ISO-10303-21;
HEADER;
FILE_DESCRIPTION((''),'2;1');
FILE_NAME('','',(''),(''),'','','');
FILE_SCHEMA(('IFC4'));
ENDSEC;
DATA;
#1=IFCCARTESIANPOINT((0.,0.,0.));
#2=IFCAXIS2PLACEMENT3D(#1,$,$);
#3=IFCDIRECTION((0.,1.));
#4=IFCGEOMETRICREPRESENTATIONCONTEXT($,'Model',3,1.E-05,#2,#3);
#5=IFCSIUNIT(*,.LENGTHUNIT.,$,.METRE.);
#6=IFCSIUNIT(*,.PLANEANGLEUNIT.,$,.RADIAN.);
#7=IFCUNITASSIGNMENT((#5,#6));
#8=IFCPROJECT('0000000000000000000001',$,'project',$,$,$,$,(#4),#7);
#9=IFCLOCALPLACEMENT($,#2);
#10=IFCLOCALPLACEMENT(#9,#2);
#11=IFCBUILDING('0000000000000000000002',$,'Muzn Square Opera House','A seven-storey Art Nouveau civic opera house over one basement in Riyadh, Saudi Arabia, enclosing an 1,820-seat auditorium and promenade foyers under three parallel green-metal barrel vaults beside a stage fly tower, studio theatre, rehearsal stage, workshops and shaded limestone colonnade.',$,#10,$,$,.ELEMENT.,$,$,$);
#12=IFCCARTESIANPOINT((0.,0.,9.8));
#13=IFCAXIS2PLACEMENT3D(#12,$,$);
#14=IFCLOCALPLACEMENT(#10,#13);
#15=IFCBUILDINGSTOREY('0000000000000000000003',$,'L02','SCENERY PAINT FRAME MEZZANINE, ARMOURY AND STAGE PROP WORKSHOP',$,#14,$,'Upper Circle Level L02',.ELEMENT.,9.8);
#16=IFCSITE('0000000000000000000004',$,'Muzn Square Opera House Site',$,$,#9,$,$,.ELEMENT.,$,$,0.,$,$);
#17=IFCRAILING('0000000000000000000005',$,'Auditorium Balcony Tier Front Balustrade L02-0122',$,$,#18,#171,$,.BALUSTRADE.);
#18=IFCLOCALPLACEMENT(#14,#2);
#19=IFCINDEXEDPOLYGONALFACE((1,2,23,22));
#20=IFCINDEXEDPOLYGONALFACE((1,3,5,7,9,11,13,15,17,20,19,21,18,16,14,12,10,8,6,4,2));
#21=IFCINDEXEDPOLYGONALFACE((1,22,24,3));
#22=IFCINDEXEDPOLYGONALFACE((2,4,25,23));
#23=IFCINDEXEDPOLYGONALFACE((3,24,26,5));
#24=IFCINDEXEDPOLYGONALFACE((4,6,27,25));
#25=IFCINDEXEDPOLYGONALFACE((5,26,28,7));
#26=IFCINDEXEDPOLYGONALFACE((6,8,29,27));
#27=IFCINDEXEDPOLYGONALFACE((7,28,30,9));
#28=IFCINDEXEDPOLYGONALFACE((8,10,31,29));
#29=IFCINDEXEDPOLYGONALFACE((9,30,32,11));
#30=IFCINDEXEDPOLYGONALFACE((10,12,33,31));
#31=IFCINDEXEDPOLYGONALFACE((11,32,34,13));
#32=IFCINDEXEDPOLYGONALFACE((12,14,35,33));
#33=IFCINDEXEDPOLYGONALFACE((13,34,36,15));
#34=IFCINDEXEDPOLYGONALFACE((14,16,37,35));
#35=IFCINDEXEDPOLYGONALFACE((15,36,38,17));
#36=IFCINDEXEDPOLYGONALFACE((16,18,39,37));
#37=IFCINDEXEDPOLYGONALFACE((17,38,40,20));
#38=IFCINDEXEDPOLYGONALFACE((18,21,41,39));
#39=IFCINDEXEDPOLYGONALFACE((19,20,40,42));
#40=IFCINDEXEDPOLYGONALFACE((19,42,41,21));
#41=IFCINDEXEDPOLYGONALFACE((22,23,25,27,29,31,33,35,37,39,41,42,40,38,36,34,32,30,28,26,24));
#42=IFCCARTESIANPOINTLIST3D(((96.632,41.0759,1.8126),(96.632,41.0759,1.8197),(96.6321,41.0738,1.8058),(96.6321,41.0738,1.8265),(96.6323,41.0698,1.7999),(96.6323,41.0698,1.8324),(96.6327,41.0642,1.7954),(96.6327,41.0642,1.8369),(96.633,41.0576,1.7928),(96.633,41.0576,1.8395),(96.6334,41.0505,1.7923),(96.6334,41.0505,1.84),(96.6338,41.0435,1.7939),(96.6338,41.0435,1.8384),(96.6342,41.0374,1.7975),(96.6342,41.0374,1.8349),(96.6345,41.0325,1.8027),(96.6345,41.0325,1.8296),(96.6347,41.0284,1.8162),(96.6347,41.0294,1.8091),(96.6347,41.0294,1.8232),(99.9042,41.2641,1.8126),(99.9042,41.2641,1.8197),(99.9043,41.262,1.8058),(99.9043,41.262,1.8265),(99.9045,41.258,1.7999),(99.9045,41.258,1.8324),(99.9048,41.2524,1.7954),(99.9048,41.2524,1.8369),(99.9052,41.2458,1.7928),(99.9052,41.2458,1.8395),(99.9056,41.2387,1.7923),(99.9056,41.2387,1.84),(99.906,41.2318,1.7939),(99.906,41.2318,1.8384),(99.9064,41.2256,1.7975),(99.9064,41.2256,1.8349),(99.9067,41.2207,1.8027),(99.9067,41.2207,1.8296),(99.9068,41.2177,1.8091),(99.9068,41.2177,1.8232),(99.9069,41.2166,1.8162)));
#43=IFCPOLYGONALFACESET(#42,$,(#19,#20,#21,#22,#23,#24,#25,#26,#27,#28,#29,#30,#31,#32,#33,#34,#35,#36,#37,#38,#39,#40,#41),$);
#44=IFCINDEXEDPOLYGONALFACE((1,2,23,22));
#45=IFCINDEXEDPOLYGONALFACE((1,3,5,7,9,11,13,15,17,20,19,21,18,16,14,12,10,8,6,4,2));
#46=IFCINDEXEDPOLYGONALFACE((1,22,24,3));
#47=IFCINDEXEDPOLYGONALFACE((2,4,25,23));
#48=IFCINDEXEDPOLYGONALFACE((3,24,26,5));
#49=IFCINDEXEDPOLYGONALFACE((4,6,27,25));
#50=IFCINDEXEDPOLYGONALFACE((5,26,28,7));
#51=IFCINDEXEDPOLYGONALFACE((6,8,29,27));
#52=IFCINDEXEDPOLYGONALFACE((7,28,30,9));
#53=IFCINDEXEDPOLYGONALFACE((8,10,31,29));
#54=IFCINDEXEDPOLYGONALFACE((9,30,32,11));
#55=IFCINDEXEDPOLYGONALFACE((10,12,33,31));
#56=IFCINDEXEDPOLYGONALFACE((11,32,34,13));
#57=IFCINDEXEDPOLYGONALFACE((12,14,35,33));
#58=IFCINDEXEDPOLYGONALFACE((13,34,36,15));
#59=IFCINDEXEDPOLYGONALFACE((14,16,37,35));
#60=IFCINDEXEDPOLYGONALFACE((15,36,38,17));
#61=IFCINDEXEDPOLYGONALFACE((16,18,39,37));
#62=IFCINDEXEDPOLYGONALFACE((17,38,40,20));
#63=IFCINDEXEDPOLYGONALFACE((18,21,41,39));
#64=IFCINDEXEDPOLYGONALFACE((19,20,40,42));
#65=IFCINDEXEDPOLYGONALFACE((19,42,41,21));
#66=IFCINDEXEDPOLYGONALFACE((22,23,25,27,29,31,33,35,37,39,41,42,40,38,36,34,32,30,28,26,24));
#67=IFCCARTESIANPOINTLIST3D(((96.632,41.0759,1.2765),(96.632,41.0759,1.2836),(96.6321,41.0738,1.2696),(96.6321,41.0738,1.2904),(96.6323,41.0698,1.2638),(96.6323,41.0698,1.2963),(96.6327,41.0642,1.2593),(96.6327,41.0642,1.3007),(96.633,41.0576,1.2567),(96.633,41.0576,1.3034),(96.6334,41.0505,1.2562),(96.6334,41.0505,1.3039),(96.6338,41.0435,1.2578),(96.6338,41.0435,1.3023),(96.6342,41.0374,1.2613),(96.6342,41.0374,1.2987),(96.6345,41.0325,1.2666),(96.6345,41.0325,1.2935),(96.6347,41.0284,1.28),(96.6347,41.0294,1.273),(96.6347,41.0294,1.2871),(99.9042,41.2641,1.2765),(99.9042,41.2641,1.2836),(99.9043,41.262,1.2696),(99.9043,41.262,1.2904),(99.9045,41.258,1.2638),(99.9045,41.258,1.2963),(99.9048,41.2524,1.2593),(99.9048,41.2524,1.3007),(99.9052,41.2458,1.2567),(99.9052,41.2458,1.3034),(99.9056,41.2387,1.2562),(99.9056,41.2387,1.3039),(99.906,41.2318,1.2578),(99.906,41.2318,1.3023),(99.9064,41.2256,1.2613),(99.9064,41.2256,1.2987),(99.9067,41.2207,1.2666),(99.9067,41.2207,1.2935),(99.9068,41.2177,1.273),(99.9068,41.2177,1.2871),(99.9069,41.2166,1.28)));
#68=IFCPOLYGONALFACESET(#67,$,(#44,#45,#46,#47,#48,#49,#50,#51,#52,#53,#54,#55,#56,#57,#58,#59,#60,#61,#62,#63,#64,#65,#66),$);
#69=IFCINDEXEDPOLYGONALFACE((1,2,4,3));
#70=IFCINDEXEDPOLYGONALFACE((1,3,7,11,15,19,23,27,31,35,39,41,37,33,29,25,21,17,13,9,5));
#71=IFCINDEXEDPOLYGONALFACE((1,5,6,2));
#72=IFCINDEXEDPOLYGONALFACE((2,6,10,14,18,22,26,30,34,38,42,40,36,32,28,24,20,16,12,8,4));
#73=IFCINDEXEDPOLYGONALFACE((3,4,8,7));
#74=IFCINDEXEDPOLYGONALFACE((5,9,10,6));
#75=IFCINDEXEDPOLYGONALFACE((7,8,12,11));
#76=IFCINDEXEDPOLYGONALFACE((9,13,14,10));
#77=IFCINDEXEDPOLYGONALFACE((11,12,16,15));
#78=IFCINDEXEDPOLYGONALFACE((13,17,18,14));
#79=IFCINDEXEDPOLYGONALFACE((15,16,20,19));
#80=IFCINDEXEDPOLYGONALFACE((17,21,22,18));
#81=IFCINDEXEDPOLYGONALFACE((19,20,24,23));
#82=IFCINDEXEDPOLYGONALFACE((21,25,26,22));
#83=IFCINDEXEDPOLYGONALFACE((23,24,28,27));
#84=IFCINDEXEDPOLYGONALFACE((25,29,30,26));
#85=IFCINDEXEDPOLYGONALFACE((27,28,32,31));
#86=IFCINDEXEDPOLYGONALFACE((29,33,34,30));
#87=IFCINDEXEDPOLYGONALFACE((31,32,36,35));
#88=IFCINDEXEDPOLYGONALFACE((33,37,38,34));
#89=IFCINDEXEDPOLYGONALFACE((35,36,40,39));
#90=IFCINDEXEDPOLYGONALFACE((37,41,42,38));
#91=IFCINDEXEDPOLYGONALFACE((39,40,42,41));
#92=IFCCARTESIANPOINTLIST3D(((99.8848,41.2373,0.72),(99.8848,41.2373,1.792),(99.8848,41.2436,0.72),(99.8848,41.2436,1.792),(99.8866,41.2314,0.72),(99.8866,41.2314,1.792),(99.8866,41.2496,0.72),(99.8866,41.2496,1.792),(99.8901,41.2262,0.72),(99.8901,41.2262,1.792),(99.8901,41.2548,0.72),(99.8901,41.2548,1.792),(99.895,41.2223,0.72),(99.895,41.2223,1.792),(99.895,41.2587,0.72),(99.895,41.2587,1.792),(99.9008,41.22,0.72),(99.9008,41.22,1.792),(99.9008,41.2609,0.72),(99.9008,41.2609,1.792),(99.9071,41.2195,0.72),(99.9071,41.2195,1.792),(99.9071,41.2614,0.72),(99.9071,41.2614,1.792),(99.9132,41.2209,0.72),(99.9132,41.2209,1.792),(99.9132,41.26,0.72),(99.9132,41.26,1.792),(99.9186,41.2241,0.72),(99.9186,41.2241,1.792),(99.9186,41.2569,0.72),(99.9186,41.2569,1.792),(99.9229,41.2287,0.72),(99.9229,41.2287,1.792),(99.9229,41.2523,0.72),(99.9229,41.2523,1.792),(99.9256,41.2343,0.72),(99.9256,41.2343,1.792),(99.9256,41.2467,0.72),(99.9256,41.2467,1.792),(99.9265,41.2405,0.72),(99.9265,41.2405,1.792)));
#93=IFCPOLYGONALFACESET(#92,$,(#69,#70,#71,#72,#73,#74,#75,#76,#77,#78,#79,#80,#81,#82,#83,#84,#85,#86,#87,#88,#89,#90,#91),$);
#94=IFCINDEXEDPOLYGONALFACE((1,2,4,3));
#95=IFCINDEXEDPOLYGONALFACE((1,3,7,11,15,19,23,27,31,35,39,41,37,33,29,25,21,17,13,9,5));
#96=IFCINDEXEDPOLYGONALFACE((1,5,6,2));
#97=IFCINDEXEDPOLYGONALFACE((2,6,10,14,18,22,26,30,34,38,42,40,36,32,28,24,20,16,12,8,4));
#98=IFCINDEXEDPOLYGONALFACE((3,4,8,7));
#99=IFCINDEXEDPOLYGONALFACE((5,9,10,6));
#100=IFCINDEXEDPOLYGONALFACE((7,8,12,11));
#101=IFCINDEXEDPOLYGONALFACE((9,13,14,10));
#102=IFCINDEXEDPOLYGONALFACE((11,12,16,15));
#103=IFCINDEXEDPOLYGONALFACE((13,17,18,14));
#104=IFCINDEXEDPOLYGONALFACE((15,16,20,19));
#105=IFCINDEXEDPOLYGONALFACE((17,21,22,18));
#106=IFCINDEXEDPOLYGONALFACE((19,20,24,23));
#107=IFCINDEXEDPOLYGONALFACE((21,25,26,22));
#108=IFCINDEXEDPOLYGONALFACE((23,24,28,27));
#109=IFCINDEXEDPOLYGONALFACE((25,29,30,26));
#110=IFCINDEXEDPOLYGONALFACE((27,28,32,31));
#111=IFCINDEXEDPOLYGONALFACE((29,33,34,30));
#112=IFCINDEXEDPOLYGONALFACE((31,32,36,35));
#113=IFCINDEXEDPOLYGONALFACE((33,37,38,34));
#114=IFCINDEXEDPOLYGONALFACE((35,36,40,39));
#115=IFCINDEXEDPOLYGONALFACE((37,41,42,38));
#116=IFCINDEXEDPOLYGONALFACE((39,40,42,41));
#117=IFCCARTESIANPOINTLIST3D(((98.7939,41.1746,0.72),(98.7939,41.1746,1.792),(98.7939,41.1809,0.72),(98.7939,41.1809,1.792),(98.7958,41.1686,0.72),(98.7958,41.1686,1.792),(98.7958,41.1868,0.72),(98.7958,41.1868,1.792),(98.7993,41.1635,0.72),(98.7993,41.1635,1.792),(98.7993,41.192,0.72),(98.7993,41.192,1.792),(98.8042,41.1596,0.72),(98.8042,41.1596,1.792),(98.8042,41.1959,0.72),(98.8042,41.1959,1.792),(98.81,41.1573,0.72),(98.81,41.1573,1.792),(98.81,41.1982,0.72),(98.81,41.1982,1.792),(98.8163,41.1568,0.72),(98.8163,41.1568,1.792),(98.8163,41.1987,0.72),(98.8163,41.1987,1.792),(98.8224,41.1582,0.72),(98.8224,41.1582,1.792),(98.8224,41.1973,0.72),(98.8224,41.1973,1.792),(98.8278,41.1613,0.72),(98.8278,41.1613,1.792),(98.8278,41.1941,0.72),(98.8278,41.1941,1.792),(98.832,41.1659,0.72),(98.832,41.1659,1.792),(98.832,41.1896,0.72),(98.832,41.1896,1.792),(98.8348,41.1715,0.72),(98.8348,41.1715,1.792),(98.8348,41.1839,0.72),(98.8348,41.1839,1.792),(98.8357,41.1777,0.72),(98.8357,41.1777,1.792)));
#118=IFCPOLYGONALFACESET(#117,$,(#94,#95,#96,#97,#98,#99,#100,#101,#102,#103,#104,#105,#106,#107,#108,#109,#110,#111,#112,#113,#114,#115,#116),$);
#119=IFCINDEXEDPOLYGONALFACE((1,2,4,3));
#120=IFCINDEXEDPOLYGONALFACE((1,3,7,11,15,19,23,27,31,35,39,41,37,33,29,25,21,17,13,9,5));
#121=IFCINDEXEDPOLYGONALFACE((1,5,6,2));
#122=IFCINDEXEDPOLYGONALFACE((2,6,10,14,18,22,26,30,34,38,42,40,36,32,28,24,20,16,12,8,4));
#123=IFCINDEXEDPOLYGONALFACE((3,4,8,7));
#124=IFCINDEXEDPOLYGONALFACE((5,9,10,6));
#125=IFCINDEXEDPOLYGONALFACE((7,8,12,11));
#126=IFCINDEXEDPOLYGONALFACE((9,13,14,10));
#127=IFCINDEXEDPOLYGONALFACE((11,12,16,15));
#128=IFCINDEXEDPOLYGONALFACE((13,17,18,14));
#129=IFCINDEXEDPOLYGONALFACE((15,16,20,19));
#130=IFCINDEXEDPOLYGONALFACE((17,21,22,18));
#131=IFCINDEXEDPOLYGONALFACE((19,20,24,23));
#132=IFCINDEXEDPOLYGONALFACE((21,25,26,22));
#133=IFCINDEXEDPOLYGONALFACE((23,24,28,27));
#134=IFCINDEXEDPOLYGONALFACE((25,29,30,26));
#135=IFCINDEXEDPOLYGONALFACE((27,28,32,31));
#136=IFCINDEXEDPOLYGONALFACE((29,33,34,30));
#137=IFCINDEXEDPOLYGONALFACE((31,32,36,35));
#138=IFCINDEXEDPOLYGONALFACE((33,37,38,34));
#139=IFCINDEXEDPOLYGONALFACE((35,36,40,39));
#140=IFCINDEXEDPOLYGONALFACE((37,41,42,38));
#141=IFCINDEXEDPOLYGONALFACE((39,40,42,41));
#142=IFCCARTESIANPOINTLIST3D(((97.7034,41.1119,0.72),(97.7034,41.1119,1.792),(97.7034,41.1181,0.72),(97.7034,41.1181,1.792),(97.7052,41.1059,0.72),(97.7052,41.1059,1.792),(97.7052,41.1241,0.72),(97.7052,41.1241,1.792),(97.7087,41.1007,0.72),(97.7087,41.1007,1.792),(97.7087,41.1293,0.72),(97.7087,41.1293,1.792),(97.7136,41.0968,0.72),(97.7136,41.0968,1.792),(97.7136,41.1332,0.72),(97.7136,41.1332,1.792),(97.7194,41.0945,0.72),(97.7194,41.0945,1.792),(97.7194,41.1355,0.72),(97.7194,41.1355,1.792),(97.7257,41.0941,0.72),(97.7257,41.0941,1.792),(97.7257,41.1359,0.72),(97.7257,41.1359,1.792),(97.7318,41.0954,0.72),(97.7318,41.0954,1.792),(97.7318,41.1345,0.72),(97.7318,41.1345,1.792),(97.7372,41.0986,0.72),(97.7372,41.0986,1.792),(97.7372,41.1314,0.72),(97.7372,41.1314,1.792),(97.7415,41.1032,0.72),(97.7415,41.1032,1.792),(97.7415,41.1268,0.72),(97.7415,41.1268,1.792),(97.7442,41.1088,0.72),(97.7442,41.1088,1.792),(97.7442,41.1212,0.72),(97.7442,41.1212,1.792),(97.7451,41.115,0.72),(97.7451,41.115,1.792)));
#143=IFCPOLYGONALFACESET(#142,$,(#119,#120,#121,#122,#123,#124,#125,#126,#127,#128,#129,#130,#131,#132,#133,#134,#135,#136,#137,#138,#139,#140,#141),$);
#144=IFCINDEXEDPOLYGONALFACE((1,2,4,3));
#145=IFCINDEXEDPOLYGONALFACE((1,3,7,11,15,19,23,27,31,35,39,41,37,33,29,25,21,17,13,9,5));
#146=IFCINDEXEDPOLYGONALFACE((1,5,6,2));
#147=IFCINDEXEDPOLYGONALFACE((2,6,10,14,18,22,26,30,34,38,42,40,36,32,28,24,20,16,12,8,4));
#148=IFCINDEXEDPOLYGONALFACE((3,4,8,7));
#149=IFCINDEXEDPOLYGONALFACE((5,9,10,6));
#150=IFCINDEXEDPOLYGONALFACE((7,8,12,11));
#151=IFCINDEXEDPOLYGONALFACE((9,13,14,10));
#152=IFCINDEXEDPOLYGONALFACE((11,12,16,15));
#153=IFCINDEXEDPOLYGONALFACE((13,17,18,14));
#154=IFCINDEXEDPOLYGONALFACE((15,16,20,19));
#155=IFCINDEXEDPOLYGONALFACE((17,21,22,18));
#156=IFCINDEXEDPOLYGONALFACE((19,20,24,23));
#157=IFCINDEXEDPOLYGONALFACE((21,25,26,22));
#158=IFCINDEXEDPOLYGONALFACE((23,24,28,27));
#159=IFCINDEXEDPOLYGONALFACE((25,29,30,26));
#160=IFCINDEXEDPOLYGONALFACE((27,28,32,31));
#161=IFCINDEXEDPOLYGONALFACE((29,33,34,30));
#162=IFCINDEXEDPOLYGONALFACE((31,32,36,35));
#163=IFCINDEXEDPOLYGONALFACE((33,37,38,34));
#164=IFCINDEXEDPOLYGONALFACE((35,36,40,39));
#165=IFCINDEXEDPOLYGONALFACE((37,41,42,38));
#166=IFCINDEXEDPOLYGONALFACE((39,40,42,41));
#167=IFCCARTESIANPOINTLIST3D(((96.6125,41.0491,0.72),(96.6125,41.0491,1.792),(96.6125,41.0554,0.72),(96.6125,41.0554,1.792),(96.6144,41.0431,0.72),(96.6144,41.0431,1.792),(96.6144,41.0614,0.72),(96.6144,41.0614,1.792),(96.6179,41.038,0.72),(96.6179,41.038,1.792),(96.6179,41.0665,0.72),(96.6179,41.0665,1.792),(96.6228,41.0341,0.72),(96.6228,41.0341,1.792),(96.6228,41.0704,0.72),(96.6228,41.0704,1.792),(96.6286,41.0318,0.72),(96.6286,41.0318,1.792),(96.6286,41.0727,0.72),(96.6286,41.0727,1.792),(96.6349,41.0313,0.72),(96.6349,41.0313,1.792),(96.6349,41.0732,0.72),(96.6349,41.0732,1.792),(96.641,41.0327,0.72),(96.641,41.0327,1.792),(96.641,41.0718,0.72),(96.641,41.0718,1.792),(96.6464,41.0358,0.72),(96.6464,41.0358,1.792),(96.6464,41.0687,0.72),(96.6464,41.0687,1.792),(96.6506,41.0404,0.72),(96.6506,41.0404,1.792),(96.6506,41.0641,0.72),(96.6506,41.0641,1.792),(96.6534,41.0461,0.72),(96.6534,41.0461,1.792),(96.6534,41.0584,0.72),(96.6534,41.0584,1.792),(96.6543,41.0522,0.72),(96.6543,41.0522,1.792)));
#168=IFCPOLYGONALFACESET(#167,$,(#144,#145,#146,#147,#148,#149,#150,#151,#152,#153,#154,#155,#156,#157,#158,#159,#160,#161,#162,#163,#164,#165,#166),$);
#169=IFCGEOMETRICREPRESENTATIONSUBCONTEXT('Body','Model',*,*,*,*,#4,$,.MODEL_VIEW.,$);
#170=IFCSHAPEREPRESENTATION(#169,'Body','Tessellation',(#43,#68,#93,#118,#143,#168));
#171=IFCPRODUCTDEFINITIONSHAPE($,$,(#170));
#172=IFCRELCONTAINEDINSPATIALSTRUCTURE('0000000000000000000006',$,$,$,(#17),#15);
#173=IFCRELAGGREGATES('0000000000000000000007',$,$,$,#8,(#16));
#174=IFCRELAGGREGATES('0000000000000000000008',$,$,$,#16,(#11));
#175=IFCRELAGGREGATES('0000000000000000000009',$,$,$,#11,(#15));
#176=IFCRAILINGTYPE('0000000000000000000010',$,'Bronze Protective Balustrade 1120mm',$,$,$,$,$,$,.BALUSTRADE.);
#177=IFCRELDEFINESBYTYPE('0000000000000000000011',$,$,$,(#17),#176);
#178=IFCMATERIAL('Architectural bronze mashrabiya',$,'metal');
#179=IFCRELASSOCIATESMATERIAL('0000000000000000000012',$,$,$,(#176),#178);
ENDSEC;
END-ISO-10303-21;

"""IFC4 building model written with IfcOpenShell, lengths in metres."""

from ifc_helpers import new_model, si_unit, direction, frame, origin, origin_2d, place, context, subcontext, project, spatial, circle, extrude, material, type_object, element, save


model = new_model("IFC4")

# Units and contexts
model_context = context("Model", 3, precision=1e-05, world=origin(), true_north=direction((0.0, 1.0)))
body_context = subcontext(model_context, "Body", "Model", "MODEL_VIEW")
ifc_project = project(units=[si_unit("LENGTHUNIT", "METRE"), si_unit("PLANEANGLEUNIT", "RADIAN")], contexts=[model_context])

# Site, building, storey
site_placement = place(None, origin())
site = spatial("IfcSite", under=ifc_project, at=site_placement, Name="Muzn Square Opera House Site", CompositionType="ELEMENT", RefElevation=0.0)
building_placement = place(site_placement, origin())
building = spatial("IfcBuilding", under=site, at=building_placement, Name="Muzn Square Opera House", Description="A seven-storey Art Nouveau civic opera house over one basement in Riyadh, Saudi Arabia, enclosing an 1,820-seat auditorium and promenade foyers under three parallel green-metal barrel vaults beside a stage fly tower, studio theatre, rehearsal stage, workshops and shaded limestone colonnade.", CompositionType="ELEMENT")
storey_placement = place(building_placement, frame((0.0, 0.0, 9.8)))
storey = spatial("IfcBuildingStorey", under=building, at=storey_placement, Name="L02", Description="SCENERY PAINT FRAME MEZZANINE, ARMOURY AND STAGE PROP WORKSHOP", LongName="Upper Circle Level L02", CompositionType="ELEMENT", Elevation=9.8)

# Railing
ifc_material_1 = material(Name="Architectural bronze mashrabiya", Category="metal")
railing_type = type_object("IfcRailingType", Name="Bronze Protective Balustrade 1120mm", PredefinedType="BALUSTRADE", material=ifc_material_1)
railing_1_placement = place(storey_placement, frame((99.9055, 41.2405, 0.72)))
element("IfcRailing", 1, at=railing_1_placement, inside=storey, type_object=railing_type, Name="Auditorium Balcony Tier Front Balustrade L02-0122", PredefinedType="BALUSTRADE", context=body_context, shape_type="SweptSolid", body=[
    extrude(circle(Radius=0.0239, at=origin_2d()), frame((0.0, 0.0, 1.0962), z_axis=(-0.99835, -0.057429, 0.0), x_axis=(0.057429, -0.99835, 0.0)), (0.0, 0.0, 1.0), 3.2776),
    extrude(circle(Radius=0.0239, at=origin_2d()), frame((0.0, 0.0, 0.5601), z_axis=(-0.99835, -0.057429, 0.0), x_axis=(0.057429, -0.99835, 0.0)), (0.0, 0.0, 1.0), 3.2776),
    extrude(circle(Radius=0.021, at=origin_2d()), origin(), (0.0, 0.0, 1.0), 1.072),
    extrude(circle(Radius=0.021, at=origin_2d()), frame((-1.0908, -0.0627, 0.0)), (0.0, 0.0, 1.0), 1.072),
    extrude(circle(Radius=0.021, at=origin_2d()), frame((-2.1814, -0.1255, 0.0)), (0.0, 0.0, 1.0), 1.072),
    extrude(circle(Radius=0.021, at=origin_2d()), frame((-3.2722, -0.1882, 0.0)), (0.0, 0.0, 1.0), 1.072),
])

save(model, "model.ifc")
